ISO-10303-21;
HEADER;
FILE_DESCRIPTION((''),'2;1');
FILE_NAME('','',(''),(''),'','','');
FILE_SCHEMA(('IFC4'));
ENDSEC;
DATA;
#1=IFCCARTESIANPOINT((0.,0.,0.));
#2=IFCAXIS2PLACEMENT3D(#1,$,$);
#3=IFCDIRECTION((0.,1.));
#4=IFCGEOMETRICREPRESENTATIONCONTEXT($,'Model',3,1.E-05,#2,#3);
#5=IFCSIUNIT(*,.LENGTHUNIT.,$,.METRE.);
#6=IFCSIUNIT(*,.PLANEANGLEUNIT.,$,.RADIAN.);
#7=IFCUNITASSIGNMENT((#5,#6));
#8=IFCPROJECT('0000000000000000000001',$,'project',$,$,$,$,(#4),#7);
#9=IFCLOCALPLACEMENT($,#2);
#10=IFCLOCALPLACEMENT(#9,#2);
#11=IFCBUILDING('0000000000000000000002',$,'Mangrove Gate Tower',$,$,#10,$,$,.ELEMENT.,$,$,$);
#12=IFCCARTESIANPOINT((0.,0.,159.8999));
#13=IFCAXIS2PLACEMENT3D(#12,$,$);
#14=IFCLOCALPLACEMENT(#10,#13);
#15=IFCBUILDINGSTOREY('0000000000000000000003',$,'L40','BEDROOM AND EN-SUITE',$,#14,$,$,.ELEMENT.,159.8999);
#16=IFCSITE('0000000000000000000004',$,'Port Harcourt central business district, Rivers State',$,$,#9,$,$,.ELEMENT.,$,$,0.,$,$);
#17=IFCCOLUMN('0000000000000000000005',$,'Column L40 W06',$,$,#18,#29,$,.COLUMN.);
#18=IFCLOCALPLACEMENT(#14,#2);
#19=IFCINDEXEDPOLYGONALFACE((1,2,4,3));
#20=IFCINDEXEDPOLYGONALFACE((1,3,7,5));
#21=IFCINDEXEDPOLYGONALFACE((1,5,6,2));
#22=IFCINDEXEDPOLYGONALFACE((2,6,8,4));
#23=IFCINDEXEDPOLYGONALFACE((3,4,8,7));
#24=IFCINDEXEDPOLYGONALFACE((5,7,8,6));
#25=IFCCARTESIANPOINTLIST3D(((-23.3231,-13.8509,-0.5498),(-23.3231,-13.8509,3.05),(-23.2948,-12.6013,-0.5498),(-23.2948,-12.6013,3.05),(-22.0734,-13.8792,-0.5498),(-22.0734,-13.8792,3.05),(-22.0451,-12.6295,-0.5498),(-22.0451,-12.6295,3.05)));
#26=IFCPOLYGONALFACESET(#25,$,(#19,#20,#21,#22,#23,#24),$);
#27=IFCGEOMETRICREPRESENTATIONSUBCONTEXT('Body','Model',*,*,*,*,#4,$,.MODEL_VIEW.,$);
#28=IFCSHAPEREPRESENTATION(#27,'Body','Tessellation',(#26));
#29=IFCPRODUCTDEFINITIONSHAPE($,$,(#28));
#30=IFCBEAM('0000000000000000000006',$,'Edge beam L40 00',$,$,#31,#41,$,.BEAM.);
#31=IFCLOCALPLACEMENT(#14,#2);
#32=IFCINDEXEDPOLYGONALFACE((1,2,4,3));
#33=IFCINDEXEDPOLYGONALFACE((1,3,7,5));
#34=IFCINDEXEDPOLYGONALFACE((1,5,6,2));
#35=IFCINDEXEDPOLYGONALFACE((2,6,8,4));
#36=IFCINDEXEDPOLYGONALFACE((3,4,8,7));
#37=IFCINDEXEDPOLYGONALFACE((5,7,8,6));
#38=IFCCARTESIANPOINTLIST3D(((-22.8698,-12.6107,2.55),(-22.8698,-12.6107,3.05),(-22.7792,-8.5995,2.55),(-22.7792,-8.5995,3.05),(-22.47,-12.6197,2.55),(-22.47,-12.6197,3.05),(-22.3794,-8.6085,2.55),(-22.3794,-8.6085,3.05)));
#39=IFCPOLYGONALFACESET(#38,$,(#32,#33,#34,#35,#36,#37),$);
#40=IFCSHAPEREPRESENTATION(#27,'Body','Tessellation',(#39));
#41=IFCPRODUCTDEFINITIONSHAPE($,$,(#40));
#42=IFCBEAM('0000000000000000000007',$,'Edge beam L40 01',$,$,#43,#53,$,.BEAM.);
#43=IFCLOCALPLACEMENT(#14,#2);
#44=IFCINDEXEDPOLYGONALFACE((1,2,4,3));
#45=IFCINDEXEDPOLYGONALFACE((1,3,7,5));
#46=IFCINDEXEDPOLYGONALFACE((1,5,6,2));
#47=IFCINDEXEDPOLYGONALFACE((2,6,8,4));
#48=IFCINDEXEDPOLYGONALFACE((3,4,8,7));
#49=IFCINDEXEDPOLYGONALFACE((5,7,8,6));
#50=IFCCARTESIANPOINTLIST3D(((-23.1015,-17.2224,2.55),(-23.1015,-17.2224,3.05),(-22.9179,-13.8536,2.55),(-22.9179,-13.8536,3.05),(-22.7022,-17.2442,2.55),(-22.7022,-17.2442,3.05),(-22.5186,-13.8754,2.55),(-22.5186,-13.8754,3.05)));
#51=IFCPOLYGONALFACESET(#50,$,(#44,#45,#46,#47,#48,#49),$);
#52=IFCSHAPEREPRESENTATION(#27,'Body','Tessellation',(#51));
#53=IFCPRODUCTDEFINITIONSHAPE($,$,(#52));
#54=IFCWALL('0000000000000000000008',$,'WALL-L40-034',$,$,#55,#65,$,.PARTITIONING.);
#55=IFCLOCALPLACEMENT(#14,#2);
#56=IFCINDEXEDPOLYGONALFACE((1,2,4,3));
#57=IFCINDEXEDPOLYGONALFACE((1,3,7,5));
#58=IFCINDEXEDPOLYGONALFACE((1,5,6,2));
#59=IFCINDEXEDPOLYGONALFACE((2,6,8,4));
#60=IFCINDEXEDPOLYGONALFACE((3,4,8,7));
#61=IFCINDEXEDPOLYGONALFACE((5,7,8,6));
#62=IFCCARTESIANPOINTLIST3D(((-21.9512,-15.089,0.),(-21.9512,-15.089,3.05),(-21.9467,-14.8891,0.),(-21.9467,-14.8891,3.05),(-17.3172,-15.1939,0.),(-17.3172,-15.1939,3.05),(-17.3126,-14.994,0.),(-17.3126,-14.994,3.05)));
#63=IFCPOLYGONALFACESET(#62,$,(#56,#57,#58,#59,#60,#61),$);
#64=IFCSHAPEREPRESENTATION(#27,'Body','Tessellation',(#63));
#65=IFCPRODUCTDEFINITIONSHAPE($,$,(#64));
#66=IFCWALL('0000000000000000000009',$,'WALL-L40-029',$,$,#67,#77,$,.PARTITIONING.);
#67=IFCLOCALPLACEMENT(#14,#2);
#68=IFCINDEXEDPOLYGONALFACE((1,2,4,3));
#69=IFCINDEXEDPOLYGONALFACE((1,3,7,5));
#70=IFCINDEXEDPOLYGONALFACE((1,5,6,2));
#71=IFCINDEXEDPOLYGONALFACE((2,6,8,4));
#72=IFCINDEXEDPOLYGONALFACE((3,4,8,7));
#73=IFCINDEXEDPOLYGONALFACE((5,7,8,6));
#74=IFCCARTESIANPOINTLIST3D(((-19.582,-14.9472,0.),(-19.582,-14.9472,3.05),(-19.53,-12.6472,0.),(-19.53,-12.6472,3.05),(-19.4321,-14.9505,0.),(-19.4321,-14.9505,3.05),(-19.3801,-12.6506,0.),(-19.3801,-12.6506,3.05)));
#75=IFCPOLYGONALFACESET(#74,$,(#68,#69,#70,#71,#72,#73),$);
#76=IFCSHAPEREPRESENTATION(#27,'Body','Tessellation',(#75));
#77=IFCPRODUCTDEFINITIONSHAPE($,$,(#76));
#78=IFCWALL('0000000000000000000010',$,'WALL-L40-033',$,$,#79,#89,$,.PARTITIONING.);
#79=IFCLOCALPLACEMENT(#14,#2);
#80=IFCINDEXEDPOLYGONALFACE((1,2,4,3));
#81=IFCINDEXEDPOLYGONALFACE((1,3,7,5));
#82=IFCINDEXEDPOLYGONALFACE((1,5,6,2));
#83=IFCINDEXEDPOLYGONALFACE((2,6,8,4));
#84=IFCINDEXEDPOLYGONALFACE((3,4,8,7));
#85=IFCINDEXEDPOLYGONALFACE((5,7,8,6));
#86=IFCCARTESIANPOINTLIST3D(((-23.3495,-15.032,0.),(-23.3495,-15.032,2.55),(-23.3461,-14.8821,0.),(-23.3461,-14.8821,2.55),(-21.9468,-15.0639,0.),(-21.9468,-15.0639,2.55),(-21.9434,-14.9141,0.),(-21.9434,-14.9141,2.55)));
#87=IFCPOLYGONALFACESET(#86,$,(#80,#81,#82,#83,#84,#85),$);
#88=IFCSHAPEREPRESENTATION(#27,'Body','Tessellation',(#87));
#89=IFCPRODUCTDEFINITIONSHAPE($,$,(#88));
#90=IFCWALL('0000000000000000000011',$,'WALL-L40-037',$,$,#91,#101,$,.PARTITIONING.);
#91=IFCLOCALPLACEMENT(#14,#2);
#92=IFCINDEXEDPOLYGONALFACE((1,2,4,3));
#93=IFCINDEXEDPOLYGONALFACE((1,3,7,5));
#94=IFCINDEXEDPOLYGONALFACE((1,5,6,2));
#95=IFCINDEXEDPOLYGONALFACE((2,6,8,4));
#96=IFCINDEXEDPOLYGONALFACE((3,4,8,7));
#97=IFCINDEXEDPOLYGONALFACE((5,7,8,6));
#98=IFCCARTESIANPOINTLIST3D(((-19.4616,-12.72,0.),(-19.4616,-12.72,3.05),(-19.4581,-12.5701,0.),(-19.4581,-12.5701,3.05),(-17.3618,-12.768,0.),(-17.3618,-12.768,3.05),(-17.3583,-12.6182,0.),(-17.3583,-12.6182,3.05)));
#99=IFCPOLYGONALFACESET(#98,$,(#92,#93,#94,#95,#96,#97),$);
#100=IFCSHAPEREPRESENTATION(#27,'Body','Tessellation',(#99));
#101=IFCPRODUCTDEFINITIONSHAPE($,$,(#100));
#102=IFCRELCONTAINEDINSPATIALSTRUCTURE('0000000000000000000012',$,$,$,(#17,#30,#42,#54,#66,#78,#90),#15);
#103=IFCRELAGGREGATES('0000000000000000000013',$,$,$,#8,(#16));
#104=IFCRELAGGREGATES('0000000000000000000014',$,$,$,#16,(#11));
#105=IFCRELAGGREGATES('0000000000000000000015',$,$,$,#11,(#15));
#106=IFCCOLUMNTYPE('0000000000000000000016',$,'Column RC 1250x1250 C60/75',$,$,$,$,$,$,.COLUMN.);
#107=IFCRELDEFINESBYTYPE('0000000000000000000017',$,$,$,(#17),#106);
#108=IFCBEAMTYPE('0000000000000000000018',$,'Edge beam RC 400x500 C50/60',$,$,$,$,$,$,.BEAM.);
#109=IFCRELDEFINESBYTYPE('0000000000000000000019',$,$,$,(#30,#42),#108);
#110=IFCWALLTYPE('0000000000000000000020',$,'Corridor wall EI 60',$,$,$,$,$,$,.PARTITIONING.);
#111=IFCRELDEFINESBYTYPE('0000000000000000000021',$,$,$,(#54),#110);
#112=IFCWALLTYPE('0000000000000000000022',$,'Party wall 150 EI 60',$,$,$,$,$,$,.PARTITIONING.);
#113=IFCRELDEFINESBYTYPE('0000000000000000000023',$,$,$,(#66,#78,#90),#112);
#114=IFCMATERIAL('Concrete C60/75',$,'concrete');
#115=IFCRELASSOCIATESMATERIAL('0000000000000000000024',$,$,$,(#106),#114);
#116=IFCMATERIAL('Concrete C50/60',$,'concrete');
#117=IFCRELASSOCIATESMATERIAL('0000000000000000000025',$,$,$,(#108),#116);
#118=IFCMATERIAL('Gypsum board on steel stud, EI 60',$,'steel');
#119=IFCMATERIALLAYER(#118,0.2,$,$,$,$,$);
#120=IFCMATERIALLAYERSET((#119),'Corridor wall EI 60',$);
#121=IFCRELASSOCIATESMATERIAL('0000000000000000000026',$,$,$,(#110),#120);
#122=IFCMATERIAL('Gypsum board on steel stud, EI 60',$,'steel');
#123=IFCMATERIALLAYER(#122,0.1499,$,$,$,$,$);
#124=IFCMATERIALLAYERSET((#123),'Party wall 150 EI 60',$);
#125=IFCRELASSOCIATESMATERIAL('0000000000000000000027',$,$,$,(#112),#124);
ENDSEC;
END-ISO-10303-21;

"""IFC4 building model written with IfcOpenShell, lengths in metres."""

from ifc_helpers import new_model, si_unit, direction, frame, frame_2d, origin, origin_2d, place, context, subcontext, project, spatial, rectangle, extrude, material, layer, layer_set, material_profile, profile_set, type_object, element, save


model = new_model("IFC4")

# Units and contexts
model_context = context("Model", 3, precision=1e-05, world=origin(), true_north=direction((0.0, 1.0)))
body_context = subcontext(model_context, "Body", "Model", "MODEL_VIEW")
ifc_project = project(units=[si_unit("LENGTHUNIT", "METRE"), si_unit("PLANEANGLEUNIT", "RADIAN")], contexts=[model_context])

# Site, building, storey
site_placement = place(None, origin())
site = spatial("IfcSite", under=ifc_project, at=site_placement, Name="Port Harcourt central business district, Rivers State", CompositionType="ELEMENT", RefElevation=0.0)
building_placement = place(site_placement, origin())
building = spatial("IfcBuilding", under=site, at=building_placement, Name="Mangrove Gate Tower", CompositionType="ELEMENT")
storey_placement = place(building_placement, frame((0.0, 0.0, 159.8999)))
storey = spatial("IfcBuildingStorey", under=building, at=storey_placement, Name="L40", Description="BEDROOM AND EN-SUITE", CompositionType="ELEMENT", Elevation=159.8999)

# Column
ifc_material_1 = material(Name="Concrete C60/75", Category="concrete")
ifc_material_profile_1 = material_profile(ifc_material_1, rectangle(XDim=1.25, YDim=1.25, at=origin_2d()))
ifc_profile_set_1 = profile_set([ifc_material_profile_1], Name="Concrete C60/75")
column_type = type_object("IfcColumnType", Name="Column RC 1250x1250 C60/75", PredefinedType="COLUMN", material=ifc_profile_set_1)
column_placement = place(storey_placement, frame((-22.6841, -13.2402, -0.5498), z_axis=(0.0, 0.0, 1.0), x_axis=(-0.022613, -0.999744, 0.0)))
element("IfcColumn", 1, at=column_placement, inside=storey, type_object=column_type, Name="Column L40 W06", PredefinedType="COLUMN", context=body_context, shape_type="SweptSolid", body=[
    extrude(rectangle(XDim=1.25, YDim=1.25, at=origin_2d()), origin(), (0.0, 0.0, 1.0), 3.5999),
])

# Beams
ifc_material_2 = material(Name="Concrete C50/60", Category="concrete")
ifc_material_profile_2 = material_profile(ifc_material_2, rectangle(XDim=0.3999, YDim=0.5, at=origin_2d()))
ifc_profile_set_2 = profile_set([ifc_material_profile_2], Name="Concrete C50/60")
beam_type = type_object("IfcBeamType", Name="Edge beam RC 400x500 C50/60", PredefinedType="BEAM", material=ifc_profile_set_2)
beam_1_placement = place(storey_placement, frame((-22.5793, -8.604, 2.8), z_axis=(-0.022575, -0.999745, 0.0), x_axis=(0.999745, -0.022575, 0.0)))
element("IfcBeam", 2, at=beam_1_placement, inside=storey, type_object=beam_type, Name="Edge beam L40 00", PredefinedType="BEAM", context=body_context, shape_type="SweptSolid", body=[
    extrude(rectangle(XDim=0.3999, YDim=0.5, at=origin_2d()), origin(), (0.0, 0.0, 1.0), 4.0122),
])
beam_2_placement = place(storey_placement, frame((-22.7183, -13.8645, 2.8), z_axis=(-0.054416, -0.998518, 0.0), x_axis=(0.998518, -0.054416, 0.0)))
element("IfcBeam", 3, at=beam_2_placement, inside=storey, type_object=beam_type, Name="Edge beam L40 01", PredefinedType="BEAM", context=body_context, shape_type="SweptSolid", body=[
    extrude(rectangle(XDim=0.3999, YDim=0.5, at=origin_2d()), origin(), (0.0, 0.0, 1.0), 3.3738),
])

# Shared definitions
ifc_material_3 = material(Name="Gypsum board on steel stud, EI 60", Category="steel")
ifc_layer_1 = layer(ifc_material_3, 0.2)
ifc_layer_set_1 = layer_set([ifc_layer_1], Name="Corridor wall EI 60")
wall_type_1 = type_object("IfcWallType", Name="Corridor wall EI 60", PredefinedType="PARTITIONING", material=ifc_layer_set_1)

# Walls
wall_1_placement = place(storey_placement, frame((-21.949, -14.989, 0.0), z_axis=(0.0, 0.0, 1.0), x_axis=(0.999743, -0.022648, 0.0)))
element("IfcWall", 4, at=wall_1_placement, inside=storey, type_object=wall_type_1, Name="WALL-L40-034", PredefinedType="PARTITIONING", context=body_context, shape_type="SweptSolid", body=[
    extrude(rectangle(XDim=4.6353, YDim=0.2, at=frame_2d((2.3176, 0.0))), origin(), (0.0, 0.0, 1.0), 3.05),
])
ifc_material_4 = material(Name="Gypsum board on steel stud, EI 60", Category="steel")
ifc_layer_2 = layer(ifc_material_4, 0.1499)
ifc_layer_set_2 = layer_set([ifc_layer_2], Name="Party wall 150 EI 60")
wall_type_2 = type_object("IfcWallType", Name="Party wall 150 EI 60", PredefinedType="PARTITIONING", material=ifc_layer_set_2)
wall_2_placement = place(storey_placement, frame((-19.5071, -14.949, 0.0), z_axis=(0.0, 0.0, 1.0), x_axis=(0.022603, 0.999745, 0.0)))
element("IfcWall", 5, at=wall_2_placement, inside=storey, type_object=wall_type_2, Name="WALL-L40-029", PredefinedType="PARTITIONING", context=body_context, shape_type="SweptSolid", body=[
    extrude(rectangle(XDim=2.3005, YDim=0.1499, at=frame_2d((1.1504, 0.0))), origin(), (0.0, 0.0, 1.0), 3.05),
])
wall_3_placement = place(storey_placement, frame((-23.3479, -14.957, 0.0), z_axis=(0.0, 0.0, 1.0), x_axis=(0.99974, -0.022793, 0.0)))
element("IfcWall", 6, at=wall_3_placement, inside=storey, type_object=wall_type_2, Name="WALL-L40-033", PredefinedType="PARTITIONING", context=body_context, shape_type="SweptSolid", body=[
    extrude(rectangle(XDim=1.4031, YDim=0.1499, at=frame_2d((0.7017, 0.0))), origin(), (0.0, 0.0, 1.0), 2.55),
])
wall_4_placement = place(storey_placement, frame((-19.46, -12.645, 0.0), z_axis=(0.0, 0.0, 1.0), x_axis=(0.999738, -0.022898, 0.0)))
element("IfcWall", 7, at=wall_4_placement, inside=storey, type_object=wall_type_2, Name="WALL-L40-037", PredefinedType="PARTITIONING", context=body_context, shape_type="SweptSolid", body=[
    extrude(rectangle(XDim=2.1003, YDim=0.1499, at=frame_2d((1.0503, 0.0))), origin(), (0.0, 0.0, 1.0), 3.05),
])

save(model, "model.ifc")
